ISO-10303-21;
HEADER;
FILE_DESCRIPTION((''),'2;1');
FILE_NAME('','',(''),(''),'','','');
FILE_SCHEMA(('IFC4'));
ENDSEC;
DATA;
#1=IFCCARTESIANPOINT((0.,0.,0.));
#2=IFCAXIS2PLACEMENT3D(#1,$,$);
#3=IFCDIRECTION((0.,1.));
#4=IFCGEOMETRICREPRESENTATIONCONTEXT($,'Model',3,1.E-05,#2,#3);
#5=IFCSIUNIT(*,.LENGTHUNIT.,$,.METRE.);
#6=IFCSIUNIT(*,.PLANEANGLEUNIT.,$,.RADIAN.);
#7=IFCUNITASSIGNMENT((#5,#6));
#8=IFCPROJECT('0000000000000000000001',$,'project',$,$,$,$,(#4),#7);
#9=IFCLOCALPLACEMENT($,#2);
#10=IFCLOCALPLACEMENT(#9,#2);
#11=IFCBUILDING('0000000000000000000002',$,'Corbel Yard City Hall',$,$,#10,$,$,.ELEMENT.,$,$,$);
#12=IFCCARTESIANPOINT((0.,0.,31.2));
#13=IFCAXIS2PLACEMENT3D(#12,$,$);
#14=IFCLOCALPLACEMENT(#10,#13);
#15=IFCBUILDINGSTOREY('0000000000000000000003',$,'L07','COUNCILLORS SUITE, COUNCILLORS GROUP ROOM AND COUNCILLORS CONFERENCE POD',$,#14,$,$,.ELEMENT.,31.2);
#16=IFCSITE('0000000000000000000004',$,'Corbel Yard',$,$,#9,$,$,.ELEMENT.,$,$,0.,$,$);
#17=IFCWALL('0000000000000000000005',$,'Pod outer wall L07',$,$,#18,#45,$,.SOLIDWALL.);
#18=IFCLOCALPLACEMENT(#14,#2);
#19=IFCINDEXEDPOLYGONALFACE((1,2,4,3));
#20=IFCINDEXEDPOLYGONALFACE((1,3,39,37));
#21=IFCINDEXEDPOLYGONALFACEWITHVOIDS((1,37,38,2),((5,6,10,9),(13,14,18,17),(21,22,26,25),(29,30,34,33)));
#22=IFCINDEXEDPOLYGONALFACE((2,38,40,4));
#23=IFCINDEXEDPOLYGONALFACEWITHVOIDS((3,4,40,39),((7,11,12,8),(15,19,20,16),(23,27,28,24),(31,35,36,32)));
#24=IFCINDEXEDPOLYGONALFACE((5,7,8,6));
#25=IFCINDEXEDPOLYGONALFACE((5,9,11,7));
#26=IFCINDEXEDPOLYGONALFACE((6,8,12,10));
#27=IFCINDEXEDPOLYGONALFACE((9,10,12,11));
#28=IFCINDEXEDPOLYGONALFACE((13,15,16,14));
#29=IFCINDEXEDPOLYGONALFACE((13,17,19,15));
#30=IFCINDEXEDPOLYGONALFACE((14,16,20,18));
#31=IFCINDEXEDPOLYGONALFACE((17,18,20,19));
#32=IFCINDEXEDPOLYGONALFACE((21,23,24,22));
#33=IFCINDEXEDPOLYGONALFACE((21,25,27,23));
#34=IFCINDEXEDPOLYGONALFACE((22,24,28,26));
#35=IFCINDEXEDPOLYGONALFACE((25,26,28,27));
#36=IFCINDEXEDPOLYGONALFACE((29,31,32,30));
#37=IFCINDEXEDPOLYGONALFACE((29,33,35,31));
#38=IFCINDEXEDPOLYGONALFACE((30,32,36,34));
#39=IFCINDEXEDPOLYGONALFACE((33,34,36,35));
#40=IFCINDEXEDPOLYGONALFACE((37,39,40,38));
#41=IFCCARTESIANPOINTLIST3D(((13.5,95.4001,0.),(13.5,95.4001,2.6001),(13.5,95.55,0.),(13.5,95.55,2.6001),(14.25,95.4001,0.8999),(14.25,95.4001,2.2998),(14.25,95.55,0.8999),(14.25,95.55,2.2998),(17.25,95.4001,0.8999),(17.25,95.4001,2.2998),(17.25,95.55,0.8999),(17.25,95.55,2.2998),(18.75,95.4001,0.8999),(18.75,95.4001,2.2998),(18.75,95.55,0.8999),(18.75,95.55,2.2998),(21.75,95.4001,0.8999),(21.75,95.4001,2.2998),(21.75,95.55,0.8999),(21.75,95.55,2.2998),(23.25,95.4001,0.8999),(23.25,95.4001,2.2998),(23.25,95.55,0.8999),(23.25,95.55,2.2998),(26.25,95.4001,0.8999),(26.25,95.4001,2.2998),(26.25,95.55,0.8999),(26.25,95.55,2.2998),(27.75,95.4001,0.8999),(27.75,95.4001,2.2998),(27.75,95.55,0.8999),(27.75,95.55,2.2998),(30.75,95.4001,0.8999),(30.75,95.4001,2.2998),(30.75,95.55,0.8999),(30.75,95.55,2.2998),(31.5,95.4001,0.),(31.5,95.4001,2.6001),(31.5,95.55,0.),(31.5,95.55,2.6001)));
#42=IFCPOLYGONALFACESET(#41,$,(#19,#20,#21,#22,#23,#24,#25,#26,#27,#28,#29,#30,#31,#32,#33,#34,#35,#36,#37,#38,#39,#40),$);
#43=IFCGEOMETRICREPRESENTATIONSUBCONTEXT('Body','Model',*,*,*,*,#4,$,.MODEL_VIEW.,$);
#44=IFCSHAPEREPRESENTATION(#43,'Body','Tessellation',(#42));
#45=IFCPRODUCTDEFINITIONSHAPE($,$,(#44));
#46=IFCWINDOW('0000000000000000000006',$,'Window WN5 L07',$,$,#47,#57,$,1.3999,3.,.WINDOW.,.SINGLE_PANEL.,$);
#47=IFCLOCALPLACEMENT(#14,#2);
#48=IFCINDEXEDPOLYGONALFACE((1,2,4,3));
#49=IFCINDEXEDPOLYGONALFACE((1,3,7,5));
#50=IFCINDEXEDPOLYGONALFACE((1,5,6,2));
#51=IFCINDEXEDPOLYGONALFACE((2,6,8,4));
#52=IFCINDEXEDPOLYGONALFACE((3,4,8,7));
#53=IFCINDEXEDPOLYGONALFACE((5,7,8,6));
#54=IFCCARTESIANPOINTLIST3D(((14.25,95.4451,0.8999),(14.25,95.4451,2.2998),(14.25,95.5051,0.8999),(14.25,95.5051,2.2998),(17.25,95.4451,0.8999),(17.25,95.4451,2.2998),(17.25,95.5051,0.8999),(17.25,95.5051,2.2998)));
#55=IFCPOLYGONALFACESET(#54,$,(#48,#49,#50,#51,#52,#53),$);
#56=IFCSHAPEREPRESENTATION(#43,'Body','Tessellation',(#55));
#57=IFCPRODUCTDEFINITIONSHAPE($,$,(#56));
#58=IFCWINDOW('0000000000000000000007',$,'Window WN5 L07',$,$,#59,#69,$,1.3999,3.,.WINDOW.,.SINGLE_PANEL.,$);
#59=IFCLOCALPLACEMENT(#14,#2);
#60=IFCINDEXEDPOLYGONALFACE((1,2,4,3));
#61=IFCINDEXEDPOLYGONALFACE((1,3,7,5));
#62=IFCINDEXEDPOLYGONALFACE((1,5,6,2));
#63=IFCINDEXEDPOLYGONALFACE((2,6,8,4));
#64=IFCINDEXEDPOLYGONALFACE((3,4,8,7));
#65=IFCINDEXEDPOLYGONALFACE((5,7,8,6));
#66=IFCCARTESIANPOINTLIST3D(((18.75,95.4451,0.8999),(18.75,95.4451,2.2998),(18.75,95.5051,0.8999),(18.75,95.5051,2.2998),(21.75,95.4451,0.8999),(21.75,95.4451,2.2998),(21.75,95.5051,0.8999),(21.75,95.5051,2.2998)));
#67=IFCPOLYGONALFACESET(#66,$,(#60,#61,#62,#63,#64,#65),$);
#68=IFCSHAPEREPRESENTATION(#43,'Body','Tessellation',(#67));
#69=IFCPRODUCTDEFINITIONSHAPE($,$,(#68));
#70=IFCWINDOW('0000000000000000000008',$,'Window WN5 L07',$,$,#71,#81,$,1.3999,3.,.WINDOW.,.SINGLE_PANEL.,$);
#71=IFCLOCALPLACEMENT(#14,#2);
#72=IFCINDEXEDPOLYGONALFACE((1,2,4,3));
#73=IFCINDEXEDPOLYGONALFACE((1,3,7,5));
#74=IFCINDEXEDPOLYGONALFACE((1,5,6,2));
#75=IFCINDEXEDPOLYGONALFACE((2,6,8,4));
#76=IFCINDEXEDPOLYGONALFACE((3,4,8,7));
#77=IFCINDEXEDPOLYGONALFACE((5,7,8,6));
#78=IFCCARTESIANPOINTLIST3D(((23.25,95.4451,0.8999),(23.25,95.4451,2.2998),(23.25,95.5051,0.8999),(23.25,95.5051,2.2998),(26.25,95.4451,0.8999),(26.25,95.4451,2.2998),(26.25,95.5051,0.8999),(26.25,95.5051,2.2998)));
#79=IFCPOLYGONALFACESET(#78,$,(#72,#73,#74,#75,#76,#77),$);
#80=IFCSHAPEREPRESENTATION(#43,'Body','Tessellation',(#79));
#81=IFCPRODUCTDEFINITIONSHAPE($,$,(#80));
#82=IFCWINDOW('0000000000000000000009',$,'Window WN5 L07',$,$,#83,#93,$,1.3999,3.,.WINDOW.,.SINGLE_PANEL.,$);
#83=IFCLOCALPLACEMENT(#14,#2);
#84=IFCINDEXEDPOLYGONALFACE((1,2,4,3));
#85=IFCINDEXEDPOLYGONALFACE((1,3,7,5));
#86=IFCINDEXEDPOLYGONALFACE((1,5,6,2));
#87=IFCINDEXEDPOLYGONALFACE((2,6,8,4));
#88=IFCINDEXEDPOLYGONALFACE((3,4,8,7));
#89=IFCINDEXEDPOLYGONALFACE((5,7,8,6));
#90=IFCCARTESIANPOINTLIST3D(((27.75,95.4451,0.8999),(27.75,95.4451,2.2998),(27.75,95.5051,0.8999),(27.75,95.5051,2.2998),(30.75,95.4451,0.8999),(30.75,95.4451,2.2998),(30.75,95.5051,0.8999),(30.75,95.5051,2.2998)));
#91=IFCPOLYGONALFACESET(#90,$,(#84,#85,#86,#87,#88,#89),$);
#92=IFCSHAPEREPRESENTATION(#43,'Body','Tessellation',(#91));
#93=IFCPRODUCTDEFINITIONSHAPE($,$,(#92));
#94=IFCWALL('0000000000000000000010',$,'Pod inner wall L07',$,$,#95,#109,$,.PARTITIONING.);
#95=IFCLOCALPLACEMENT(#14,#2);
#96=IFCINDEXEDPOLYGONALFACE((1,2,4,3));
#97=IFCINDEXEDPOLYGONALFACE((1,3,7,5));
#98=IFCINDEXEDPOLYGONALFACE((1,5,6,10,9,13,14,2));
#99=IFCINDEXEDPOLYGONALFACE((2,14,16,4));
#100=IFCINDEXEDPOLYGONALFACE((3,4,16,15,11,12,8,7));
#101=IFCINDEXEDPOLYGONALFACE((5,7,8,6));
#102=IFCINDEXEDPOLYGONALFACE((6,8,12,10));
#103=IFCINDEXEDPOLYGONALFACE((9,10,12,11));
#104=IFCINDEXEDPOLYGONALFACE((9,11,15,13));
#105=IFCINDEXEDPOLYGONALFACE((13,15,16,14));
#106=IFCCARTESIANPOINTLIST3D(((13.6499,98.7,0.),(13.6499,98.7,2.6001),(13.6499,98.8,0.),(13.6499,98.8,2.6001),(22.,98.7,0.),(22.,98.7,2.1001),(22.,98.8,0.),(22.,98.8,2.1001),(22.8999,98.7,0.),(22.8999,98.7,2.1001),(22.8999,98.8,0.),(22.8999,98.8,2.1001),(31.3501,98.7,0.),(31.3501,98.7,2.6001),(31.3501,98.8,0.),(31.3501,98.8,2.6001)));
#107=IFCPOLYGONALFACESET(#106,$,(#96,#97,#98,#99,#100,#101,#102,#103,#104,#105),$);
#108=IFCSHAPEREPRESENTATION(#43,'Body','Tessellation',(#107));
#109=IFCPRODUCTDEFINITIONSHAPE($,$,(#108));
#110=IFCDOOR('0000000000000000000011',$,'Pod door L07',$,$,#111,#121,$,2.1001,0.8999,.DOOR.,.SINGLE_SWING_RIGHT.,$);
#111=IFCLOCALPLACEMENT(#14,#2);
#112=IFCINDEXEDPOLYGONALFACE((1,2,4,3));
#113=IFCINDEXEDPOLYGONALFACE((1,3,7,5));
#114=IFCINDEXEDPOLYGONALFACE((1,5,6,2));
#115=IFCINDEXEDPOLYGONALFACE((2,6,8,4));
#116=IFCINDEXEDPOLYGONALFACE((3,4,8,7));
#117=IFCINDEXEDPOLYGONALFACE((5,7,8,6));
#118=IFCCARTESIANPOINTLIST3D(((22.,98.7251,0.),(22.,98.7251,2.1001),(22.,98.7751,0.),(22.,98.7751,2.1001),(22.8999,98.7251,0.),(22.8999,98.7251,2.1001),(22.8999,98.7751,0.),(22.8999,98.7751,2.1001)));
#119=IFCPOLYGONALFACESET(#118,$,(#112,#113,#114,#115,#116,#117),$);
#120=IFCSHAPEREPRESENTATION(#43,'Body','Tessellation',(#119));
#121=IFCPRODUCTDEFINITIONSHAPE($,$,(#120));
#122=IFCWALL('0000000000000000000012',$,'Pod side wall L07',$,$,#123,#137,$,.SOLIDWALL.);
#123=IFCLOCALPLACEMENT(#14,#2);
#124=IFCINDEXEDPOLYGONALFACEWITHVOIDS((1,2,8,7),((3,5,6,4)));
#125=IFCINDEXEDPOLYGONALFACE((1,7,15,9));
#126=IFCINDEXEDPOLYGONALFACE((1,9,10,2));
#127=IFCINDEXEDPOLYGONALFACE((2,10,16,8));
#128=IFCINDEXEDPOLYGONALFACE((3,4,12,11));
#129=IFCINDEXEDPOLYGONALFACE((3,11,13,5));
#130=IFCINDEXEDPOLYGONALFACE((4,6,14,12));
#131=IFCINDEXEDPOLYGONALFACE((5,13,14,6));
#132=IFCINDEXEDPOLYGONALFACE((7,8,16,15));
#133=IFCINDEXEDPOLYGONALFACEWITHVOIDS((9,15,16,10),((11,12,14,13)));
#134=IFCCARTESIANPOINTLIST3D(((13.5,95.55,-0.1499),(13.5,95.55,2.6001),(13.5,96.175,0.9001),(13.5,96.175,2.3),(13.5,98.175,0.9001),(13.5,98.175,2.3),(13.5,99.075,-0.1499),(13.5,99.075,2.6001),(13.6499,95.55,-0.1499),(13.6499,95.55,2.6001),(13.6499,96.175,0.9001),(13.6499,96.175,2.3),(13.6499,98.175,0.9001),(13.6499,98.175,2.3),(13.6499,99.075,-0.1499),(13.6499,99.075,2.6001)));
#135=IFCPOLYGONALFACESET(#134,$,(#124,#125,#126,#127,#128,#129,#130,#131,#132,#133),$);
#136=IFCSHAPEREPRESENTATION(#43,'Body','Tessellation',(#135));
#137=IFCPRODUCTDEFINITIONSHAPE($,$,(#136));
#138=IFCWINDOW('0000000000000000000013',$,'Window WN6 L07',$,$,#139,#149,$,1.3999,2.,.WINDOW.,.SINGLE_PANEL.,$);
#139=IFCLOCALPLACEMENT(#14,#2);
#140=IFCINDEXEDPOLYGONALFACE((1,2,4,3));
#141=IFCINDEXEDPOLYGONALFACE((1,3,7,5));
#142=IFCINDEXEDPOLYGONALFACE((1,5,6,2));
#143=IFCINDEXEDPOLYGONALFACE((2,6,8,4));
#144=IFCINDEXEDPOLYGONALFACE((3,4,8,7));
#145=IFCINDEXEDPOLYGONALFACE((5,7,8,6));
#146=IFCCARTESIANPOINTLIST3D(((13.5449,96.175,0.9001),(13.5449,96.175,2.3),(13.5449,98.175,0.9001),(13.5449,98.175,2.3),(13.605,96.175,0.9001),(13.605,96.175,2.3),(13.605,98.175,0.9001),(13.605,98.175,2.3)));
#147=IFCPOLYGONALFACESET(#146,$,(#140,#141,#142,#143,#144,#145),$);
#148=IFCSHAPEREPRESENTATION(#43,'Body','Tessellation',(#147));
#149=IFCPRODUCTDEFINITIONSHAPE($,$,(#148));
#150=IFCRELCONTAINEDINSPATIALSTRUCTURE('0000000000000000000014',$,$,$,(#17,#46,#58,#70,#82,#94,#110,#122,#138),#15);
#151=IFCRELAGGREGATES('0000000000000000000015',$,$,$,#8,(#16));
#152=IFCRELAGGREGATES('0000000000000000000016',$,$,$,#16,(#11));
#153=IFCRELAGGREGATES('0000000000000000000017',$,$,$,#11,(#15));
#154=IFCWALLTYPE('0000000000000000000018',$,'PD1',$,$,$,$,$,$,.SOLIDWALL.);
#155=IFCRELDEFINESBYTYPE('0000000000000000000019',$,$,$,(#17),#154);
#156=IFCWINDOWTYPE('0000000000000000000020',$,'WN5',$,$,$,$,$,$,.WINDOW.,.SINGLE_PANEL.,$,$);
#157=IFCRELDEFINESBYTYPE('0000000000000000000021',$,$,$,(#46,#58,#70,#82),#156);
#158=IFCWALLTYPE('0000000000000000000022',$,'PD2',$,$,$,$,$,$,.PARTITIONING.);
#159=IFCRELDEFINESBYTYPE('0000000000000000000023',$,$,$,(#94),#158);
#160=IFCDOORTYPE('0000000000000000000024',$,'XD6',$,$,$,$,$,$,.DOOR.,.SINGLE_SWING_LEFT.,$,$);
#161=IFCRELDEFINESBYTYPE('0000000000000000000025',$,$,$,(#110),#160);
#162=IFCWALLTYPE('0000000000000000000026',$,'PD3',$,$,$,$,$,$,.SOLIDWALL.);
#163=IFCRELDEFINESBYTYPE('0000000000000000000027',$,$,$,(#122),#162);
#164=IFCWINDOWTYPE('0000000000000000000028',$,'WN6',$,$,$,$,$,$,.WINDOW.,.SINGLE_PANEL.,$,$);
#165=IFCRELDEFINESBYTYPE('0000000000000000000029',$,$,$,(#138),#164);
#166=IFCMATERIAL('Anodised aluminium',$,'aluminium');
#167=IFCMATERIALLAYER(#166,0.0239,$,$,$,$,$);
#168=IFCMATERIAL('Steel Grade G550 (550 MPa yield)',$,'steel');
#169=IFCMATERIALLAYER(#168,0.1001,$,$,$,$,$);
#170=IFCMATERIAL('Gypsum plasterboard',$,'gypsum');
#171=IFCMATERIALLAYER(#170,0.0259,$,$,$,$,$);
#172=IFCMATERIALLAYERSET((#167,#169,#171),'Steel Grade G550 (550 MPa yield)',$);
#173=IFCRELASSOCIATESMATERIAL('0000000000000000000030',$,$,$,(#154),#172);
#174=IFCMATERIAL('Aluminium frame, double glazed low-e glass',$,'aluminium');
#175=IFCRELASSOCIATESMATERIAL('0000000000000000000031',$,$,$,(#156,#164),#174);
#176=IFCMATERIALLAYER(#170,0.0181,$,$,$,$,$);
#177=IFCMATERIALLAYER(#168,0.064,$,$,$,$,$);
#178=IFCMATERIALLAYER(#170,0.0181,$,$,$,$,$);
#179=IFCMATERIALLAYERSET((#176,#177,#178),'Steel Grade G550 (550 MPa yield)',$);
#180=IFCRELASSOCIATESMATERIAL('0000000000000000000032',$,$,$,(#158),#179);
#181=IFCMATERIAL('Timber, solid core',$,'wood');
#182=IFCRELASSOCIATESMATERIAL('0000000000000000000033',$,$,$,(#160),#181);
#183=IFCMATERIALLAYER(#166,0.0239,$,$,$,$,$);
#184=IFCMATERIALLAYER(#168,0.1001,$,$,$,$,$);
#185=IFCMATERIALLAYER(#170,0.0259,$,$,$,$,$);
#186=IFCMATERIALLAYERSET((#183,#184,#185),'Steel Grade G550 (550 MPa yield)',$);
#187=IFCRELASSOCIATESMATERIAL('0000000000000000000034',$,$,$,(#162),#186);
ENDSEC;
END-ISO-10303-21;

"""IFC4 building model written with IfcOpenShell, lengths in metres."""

from ifc_helpers import new_model, si_unit, direction, frame, frame_2d, origin, place, context, subcontext, project, spatial, rectangle, extrude, material, layer, layer_set, type_object, element, fill, save


model = new_model("IFC4")

# Units and contexts
model_context = context("Model", 3, precision=1e-05, world=origin(), true_north=direction((0.0, 1.0)))
body_context = subcontext(model_context, "Body", "Model", "MODEL_VIEW")
ifc_project = project(units=[si_unit("LENGTHUNIT", "METRE"), si_unit("PLANEANGLEUNIT", "RADIAN")], contexts=[model_context])

# Site, building, storey
site_placement = place(None, origin())
site = spatial("IfcSite", under=ifc_project, at=site_placement, Name="Corbel Yard", CompositionType="ELEMENT", RefElevation=0.0)
building_placement = place(site_placement, origin())
building = spatial("IfcBuilding", under=site, at=building_placement, Name="Corbel Yard City Hall", CompositionType="ELEMENT")
storey_placement = place(building_placement, frame((0.0, 0.0, 31.2)))
storey = spatial("IfcBuildingStorey", under=building, at=storey_placement, Name="L07", Description="COUNCILLORS SUITE, COUNCILLORS GROUP ROOM AND COUNCILLORS CONFERENCE POD", CompositionType="ELEMENT", Elevation=31.2)

# Wall, openings, windows
ifc_material_1 = material(Name="Anodised aluminium", Category="aluminium")
ifc_layer_1 = layer(ifc_material_1, 0.0239)
ifc_material_2 = material(Name="Steel Grade G550 (550 MPa yield)", Category="steel")
ifc_layer_2 = layer(ifc_material_2, 0.1001)
ifc_material_3 = material(Name="Gypsum plasterboard", Category="gypsum")
ifc_layer_3 = layer(ifc_material_3, 0.0259)
ifc_layer_set_1 = layer_set([ifc_layer_1, ifc_layer_2, ifc_layer_3], Name="Steel Grade G550 (550 MPa yield)")
wall_type_1 = type_object("IfcWallType", Name="PD1", PredefinedType="SOLIDWALL", material=ifc_layer_set_1)
wall_1_placement = place(storey_placement, frame((13.5, 95.4751, 0.0), z_axis=(0.0, 0.0, 1.0), x_axis=(1.0, 0.0, 0.0)))
wall_1 = element("IfcWall", 1, at=wall_1_placement, inside=storey, type_object=wall_type_1, Name="Pod outer wall L07", PredefinedType="SOLIDWALL", context=body_context, shape_type="SweptSolid", body=[
    extrude(rectangle(XDim=18.0, YDim=0.1499, at=frame_2d((9.0, 0.0))), origin(), (0.0, 0.0, 1.0), 2.6001),
])
opening_1_placement = place(wall_1_placement, frame((0.75, 0.0, 0.8999)))
opening_1 = element("IfcOpeningElement", 2, at=opening_1_placement, cuts=wall_1, PredefinedType="OPENING", context=body_context, shape_type="SweptSolid", body=[
    extrude(rectangle(XDim=3.0, YDim=1.3999, at=frame_2d((1.5, 0.7))), frame((0.0, 0.085, 0.0), z_axis=(0.0, -1.0, 0.0), x_axis=(1.0, 0.0, 0.0)), (0.0, 0.0, 1.0), 0.1699),
])
opening_2_placement = place(wall_1_placement, frame((5.25, 0.0, 0.8999)))
opening_2 = element("IfcOpeningElement", 3, at=opening_2_placement, cuts=wall_1, PredefinedType="OPENING", context=body_context, shape_type="SweptSolid", body=[
    extrude(rectangle(XDim=3.0, YDim=1.3999, at=frame_2d((1.5, 0.7))), frame((0.0, 0.085, 0.0), z_axis=(0.0, -1.0, 0.0), x_axis=(1.0, 0.0, 0.0)), (0.0, 0.0, 1.0), 0.1699),
])
opening_3_placement = place(wall_1_placement, frame((9.75, 0.0, 0.8999)))
opening_3 = element("IfcOpeningElement", 4, at=opening_3_placement, cuts=wall_1, PredefinedType="OPENING", context=body_context, shape_type="SweptSolid", body=[
    extrude(rectangle(XDim=3.0, YDim=1.3999, at=frame_2d((1.5, 0.7))), frame((0.0, 0.085, 0.0), z_axis=(0.0, -1.0, 0.0), x_axis=(1.0, 0.0, 0.0)), (0.0, 0.0, 1.0), 0.1699),
])
opening_4_placement = place(wall_1_placement, frame((14.25, 0.0, 0.8999)))
opening_4 = element("IfcOpeningElement", 5, at=opening_4_placement, cuts=wall_1, PredefinedType="OPENING", context=body_context, shape_type="SweptSolid", body=[
    extrude(rectangle(XDim=3.0, YDim=1.3999, at=frame_2d((1.5, 0.7))), frame((0.0, 0.085, 0.0), z_axis=(0.0, -1.0, 0.0), x_axis=(1.0, 0.0, 0.0)), (0.0, 0.0, 1.0), 0.1699),
])
ifc_material_4 = material(Name="Aluminium frame, double glazed low-e glass", Category="aluminium")
window_type_1 = type_object("IfcWindowType", Name="WN5", PartitioningType="SINGLE_PANEL", PredefinedType="WINDOW", material=ifc_material_4)
window_1_placement = place(opening_1_placement, origin())
window_1 = element("IfcWindow", 6, at=window_1_placement, inside=storey, type_object=window_type_1, Name="Window WN5 L07", OverallHeight=1.3999, OverallWidth=3.0, PartitioningType="SINGLE_PANEL", PredefinedType="WINDOW", context=body_context, shape_type="SweptSolid", body=[
    extrude(rectangle(XDim=3.0, YDim=1.3999, at=frame_2d((1.5, 0.7))), frame((0.0, 0.03, 0.0), z_axis=(0.0, -1.0, 0.0), x_axis=(1.0, 0.0, 0.0)), (0.0, 0.0, 1.0), 0.0601),
])
fill(opening_1, window_1)
window_2_placement = place(opening_2_placement, origin())
window_2 = element("IfcWindow", 7, at=window_2_placement, inside=storey, type_object=window_type_1, Name="Window WN5 L07", OverallHeight=1.3999, OverallWidth=3.0, PartitioningType="SINGLE_PANEL", PredefinedType="WINDOW", context=body_context, shape_type="SweptSolid", body=[
    extrude(rectangle(XDim=3.0, YDim=1.3999, at=frame_2d((1.5, 0.7))), frame((0.0, 0.03, 0.0), z_axis=(0.0, -1.0, 0.0), x_axis=(1.0, 0.0, 0.0)), (0.0, 0.0, 1.0), 0.0601),
])
fill(opening_2, window_2)
window_3_placement = place(opening_3_placement, origin())
window_3 = element("IfcWindow", 8, at=window_3_placement, inside=storey, type_object=window_type_1, Name="Window WN5 L07", OverallHeight=1.3999, OverallWidth=3.0, PartitioningType="SINGLE_PANEL", PredefinedType="WINDOW", context=body_context, shape_type="SweptSolid", body=[
    extrude(rectangle(XDim=3.0, YDim=1.3999, at=frame_2d((1.5, 0.7))), frame((0.0, 0.03, 0.0), z_axis=(0.0, -1.0, 0.0), x_axis=(1.0, 0.0, 0.0)), (0.0, 0.0, 1.0), 0.0601),
])
fill(opening_3, window_3)
window_4_placement = place(opening_4_placement, origin())
window_4 = element("IfcWindow", 9, at=window_4_placement, inside=storey, type_object=window_type_1, Name="Window WN5 L07", OverallHeight=1.3999, OverallWidth=3.0, PartitioningType="SINGLE_PANEL", PredefinedType="WINDOW", context=body_context, shape_type="SweptSolid", body=[
    extrude(rectangle(XDim=3.0, YDim=1.3999, at=frame_2d((1.5, 0.7))), frame((0.0, 0.03, 0.0), z_axis=(0.0, -1.0, 0.0), x_axis=(1.0, 0.0, 0.0)), (0.0, 0.0, 1.0), 0.0601),
])
fill(opening_4, window_4)

# Wall, opening, door
ifc_layer_4 = layer(ifc_material_3, 0.0181)
ifc_layer_5 = layer(ifc_material_2, 0.064)
ifc_layer_6 = layer(ifc_material_3, 0.0181)
ifc_layer_set_2 = layer_set([ifc_layer_4, ifc_layer_5, ifc_layer_6], Name="Steel Grade G550 (550 MPa yield)")
wall_type_2 = type_object("IfcWallType", Name="PD2", PredefinedType="PARTITIONING", material=ifc_layer_set_2)
wall_2_placement = place(storey_placement, frame((13.6499, 98.75, 0.0), z_axis=(0.0, 0.0, 1.0), x_axis=(1.0, 0.0, 0.0)))
wall_2 = element("IfcWall", 10, at=wall_2_placement, inside=storey, type_object=wall_type_2, Name="Pod inner wall L07", PredefinedType="PARTITIONING", context=body_context, shape_type="SweptSolid", body=[
    extrude(rectangle(XDim=17.7002, YDim=0.1001, at=frame_2d((8.8501, 0.0))), origin(), (0.0, 0.0, 1.0), 2.6001),
])
opening_5_placement = place(wall_2_placement, frame((8.3501, 0.0, 0.0)))
opening_5 = element("IfcOpeningElement", 11, at=opening_5_placement, cuts=wall_2, PredefinedType="OPENING", context=body_context, shape_type="SweptSolid", body=[
    extrude(rectangle(XDim=0.8999, YDim=2.1001, at=frame_2d((0.45, 1.05))), frame((0.0, 0.0601, 0.0), z_axis=(0.0, -1.0, 0.0), x_axis=(1.0, 0.0, 0.0)), (0.0, 0.0, 1.0), 0.1201),
])
ifc_material_5 = material(Name="Timber, solid core", Category="wood")
door_type_1 = type_object("IfcDoorType", Name="XD6", OperationType="SINGLE_SWING_LEFT", PredefinedType="DOOR", material=ifc_material_5)
door_1_placement = place(opening_5_placement, frame((0.8999, 0.0, 0.0), z_axis=(0.0, 0.0, 1.0), x_axis=(-1.0, 0.0, 0.0)))
door_1 = element("IfcDoor", 12, at=door_1_placement, inside=storey, type_object=door_type_1, Name="Pod door L07", OperationType="SINGLE_SWING_RIGHT", OverallHeight=2.1001, OverallWidth=0.8999, PredefinedType="DOOR", context=body_context, shape_type="SweptSolid", body=[
    extrude(rectangle(XDim=0.8999, YDim=2.1001, at=frame_2d((0.45, 1.05))), frame((0.0, 0.0249, 0.0), z_axis=(0.0, -1.0, 0.0), x_axis=(1.0, 0.0, 0.0)), (0.0, 0.0, 1.0), 0.05),
])
fill(opening_5, door_1)

# Wall, opening, window
ifc_layer_7 = layer(ifc_material_1, 0.0239)
ifc_layer_8 = layer(ifc_material_2, 0.1001)
ifc_layer_9 = layer(ifc_material_3, 0.0259)
ifc_layer_set_3 = layer_set([ifc_layer_7, ifc_layer_8, ifc_layer_9], Name="Steel Grade G550 (550 MPa yield)")
wall_type_3 = type_object("IfcWallType", Name="PD3", PredefinedType="SOLIDWALL", material=ifc_layer_set_3)
wall_3_placement = place(storey_placement, frame((13.575, 95.55, -0.1499), z_axis=(0.0, 0.0, 1.0), x_axis=(0.0, 1.0, 0.0)))
wall_3 = element("IfcWall", 13, at=wall_3_placement, inside=storey, type_object=wall_type_3, Name="Pod side wall L07", PredefinedType="SOLIDWALL", context=body_context, shape_type="SweptSolid", body=[
    extrude(rectangle(XDim=3.5249, YDim=0.1499, at=frame_2d((1.7625, 0.0))), origin(), (0.0, 0.0, 1.0), 2.75),
])
opening_6_placement = place(wall_3_placement, frame((0.625, 0.0, 1.05)))
opening_6 = element("IfcOpeningElement", 14, at=opening_6_placement, cuts=wall_3, PredefinedType="OPENING", context=body_context, shape_type="SweptSolid", body=[
    extrude(rectangle(XDim=2.0, YDim=1.3999, at=frame_2d((1.0, 0.7))), frame((0.0, 0.085, 0.0), z_axis=(0.0, -1.0, 0.0), x_axis=(1.0, 0.0, 0.0)), (0.0, 0.0, 1.0), 0.1699),
])
window_type_2 = type_object("IfcWindowType", Name="WN6", PartitioningType="SINGLE_PANEL", PredefinedType="WINDOW", material=ifc_material_4)
window_5_placement = place(opening_6_placement, origin())
window_5 = element("IfcWindow", 15, at=window_5_placement, inside=storey, type_object=window_type_2, Name="Window WN6 L07", OverallHeight=1.3999, OverallWidth=2.0, PartitioningType="SINGLE_PANEL", PredefinedType="WINDOW", context=body_context, shape_type="SweptSolid", body=[
    extrude(rectangle(XDim=2.0, YDim=1.3999, at=frame_2d((1.0, 0.7))), frame((0.0, 0.03, 0.0), z_axis=(0.0, -1.0, 0.0), x_axis=(1.0, 0.0, 0.0)), (0.0, 0.0, 1.0), 0.0601),
])
fill(opening_6, window_5)

save(model, "model.ifc")
